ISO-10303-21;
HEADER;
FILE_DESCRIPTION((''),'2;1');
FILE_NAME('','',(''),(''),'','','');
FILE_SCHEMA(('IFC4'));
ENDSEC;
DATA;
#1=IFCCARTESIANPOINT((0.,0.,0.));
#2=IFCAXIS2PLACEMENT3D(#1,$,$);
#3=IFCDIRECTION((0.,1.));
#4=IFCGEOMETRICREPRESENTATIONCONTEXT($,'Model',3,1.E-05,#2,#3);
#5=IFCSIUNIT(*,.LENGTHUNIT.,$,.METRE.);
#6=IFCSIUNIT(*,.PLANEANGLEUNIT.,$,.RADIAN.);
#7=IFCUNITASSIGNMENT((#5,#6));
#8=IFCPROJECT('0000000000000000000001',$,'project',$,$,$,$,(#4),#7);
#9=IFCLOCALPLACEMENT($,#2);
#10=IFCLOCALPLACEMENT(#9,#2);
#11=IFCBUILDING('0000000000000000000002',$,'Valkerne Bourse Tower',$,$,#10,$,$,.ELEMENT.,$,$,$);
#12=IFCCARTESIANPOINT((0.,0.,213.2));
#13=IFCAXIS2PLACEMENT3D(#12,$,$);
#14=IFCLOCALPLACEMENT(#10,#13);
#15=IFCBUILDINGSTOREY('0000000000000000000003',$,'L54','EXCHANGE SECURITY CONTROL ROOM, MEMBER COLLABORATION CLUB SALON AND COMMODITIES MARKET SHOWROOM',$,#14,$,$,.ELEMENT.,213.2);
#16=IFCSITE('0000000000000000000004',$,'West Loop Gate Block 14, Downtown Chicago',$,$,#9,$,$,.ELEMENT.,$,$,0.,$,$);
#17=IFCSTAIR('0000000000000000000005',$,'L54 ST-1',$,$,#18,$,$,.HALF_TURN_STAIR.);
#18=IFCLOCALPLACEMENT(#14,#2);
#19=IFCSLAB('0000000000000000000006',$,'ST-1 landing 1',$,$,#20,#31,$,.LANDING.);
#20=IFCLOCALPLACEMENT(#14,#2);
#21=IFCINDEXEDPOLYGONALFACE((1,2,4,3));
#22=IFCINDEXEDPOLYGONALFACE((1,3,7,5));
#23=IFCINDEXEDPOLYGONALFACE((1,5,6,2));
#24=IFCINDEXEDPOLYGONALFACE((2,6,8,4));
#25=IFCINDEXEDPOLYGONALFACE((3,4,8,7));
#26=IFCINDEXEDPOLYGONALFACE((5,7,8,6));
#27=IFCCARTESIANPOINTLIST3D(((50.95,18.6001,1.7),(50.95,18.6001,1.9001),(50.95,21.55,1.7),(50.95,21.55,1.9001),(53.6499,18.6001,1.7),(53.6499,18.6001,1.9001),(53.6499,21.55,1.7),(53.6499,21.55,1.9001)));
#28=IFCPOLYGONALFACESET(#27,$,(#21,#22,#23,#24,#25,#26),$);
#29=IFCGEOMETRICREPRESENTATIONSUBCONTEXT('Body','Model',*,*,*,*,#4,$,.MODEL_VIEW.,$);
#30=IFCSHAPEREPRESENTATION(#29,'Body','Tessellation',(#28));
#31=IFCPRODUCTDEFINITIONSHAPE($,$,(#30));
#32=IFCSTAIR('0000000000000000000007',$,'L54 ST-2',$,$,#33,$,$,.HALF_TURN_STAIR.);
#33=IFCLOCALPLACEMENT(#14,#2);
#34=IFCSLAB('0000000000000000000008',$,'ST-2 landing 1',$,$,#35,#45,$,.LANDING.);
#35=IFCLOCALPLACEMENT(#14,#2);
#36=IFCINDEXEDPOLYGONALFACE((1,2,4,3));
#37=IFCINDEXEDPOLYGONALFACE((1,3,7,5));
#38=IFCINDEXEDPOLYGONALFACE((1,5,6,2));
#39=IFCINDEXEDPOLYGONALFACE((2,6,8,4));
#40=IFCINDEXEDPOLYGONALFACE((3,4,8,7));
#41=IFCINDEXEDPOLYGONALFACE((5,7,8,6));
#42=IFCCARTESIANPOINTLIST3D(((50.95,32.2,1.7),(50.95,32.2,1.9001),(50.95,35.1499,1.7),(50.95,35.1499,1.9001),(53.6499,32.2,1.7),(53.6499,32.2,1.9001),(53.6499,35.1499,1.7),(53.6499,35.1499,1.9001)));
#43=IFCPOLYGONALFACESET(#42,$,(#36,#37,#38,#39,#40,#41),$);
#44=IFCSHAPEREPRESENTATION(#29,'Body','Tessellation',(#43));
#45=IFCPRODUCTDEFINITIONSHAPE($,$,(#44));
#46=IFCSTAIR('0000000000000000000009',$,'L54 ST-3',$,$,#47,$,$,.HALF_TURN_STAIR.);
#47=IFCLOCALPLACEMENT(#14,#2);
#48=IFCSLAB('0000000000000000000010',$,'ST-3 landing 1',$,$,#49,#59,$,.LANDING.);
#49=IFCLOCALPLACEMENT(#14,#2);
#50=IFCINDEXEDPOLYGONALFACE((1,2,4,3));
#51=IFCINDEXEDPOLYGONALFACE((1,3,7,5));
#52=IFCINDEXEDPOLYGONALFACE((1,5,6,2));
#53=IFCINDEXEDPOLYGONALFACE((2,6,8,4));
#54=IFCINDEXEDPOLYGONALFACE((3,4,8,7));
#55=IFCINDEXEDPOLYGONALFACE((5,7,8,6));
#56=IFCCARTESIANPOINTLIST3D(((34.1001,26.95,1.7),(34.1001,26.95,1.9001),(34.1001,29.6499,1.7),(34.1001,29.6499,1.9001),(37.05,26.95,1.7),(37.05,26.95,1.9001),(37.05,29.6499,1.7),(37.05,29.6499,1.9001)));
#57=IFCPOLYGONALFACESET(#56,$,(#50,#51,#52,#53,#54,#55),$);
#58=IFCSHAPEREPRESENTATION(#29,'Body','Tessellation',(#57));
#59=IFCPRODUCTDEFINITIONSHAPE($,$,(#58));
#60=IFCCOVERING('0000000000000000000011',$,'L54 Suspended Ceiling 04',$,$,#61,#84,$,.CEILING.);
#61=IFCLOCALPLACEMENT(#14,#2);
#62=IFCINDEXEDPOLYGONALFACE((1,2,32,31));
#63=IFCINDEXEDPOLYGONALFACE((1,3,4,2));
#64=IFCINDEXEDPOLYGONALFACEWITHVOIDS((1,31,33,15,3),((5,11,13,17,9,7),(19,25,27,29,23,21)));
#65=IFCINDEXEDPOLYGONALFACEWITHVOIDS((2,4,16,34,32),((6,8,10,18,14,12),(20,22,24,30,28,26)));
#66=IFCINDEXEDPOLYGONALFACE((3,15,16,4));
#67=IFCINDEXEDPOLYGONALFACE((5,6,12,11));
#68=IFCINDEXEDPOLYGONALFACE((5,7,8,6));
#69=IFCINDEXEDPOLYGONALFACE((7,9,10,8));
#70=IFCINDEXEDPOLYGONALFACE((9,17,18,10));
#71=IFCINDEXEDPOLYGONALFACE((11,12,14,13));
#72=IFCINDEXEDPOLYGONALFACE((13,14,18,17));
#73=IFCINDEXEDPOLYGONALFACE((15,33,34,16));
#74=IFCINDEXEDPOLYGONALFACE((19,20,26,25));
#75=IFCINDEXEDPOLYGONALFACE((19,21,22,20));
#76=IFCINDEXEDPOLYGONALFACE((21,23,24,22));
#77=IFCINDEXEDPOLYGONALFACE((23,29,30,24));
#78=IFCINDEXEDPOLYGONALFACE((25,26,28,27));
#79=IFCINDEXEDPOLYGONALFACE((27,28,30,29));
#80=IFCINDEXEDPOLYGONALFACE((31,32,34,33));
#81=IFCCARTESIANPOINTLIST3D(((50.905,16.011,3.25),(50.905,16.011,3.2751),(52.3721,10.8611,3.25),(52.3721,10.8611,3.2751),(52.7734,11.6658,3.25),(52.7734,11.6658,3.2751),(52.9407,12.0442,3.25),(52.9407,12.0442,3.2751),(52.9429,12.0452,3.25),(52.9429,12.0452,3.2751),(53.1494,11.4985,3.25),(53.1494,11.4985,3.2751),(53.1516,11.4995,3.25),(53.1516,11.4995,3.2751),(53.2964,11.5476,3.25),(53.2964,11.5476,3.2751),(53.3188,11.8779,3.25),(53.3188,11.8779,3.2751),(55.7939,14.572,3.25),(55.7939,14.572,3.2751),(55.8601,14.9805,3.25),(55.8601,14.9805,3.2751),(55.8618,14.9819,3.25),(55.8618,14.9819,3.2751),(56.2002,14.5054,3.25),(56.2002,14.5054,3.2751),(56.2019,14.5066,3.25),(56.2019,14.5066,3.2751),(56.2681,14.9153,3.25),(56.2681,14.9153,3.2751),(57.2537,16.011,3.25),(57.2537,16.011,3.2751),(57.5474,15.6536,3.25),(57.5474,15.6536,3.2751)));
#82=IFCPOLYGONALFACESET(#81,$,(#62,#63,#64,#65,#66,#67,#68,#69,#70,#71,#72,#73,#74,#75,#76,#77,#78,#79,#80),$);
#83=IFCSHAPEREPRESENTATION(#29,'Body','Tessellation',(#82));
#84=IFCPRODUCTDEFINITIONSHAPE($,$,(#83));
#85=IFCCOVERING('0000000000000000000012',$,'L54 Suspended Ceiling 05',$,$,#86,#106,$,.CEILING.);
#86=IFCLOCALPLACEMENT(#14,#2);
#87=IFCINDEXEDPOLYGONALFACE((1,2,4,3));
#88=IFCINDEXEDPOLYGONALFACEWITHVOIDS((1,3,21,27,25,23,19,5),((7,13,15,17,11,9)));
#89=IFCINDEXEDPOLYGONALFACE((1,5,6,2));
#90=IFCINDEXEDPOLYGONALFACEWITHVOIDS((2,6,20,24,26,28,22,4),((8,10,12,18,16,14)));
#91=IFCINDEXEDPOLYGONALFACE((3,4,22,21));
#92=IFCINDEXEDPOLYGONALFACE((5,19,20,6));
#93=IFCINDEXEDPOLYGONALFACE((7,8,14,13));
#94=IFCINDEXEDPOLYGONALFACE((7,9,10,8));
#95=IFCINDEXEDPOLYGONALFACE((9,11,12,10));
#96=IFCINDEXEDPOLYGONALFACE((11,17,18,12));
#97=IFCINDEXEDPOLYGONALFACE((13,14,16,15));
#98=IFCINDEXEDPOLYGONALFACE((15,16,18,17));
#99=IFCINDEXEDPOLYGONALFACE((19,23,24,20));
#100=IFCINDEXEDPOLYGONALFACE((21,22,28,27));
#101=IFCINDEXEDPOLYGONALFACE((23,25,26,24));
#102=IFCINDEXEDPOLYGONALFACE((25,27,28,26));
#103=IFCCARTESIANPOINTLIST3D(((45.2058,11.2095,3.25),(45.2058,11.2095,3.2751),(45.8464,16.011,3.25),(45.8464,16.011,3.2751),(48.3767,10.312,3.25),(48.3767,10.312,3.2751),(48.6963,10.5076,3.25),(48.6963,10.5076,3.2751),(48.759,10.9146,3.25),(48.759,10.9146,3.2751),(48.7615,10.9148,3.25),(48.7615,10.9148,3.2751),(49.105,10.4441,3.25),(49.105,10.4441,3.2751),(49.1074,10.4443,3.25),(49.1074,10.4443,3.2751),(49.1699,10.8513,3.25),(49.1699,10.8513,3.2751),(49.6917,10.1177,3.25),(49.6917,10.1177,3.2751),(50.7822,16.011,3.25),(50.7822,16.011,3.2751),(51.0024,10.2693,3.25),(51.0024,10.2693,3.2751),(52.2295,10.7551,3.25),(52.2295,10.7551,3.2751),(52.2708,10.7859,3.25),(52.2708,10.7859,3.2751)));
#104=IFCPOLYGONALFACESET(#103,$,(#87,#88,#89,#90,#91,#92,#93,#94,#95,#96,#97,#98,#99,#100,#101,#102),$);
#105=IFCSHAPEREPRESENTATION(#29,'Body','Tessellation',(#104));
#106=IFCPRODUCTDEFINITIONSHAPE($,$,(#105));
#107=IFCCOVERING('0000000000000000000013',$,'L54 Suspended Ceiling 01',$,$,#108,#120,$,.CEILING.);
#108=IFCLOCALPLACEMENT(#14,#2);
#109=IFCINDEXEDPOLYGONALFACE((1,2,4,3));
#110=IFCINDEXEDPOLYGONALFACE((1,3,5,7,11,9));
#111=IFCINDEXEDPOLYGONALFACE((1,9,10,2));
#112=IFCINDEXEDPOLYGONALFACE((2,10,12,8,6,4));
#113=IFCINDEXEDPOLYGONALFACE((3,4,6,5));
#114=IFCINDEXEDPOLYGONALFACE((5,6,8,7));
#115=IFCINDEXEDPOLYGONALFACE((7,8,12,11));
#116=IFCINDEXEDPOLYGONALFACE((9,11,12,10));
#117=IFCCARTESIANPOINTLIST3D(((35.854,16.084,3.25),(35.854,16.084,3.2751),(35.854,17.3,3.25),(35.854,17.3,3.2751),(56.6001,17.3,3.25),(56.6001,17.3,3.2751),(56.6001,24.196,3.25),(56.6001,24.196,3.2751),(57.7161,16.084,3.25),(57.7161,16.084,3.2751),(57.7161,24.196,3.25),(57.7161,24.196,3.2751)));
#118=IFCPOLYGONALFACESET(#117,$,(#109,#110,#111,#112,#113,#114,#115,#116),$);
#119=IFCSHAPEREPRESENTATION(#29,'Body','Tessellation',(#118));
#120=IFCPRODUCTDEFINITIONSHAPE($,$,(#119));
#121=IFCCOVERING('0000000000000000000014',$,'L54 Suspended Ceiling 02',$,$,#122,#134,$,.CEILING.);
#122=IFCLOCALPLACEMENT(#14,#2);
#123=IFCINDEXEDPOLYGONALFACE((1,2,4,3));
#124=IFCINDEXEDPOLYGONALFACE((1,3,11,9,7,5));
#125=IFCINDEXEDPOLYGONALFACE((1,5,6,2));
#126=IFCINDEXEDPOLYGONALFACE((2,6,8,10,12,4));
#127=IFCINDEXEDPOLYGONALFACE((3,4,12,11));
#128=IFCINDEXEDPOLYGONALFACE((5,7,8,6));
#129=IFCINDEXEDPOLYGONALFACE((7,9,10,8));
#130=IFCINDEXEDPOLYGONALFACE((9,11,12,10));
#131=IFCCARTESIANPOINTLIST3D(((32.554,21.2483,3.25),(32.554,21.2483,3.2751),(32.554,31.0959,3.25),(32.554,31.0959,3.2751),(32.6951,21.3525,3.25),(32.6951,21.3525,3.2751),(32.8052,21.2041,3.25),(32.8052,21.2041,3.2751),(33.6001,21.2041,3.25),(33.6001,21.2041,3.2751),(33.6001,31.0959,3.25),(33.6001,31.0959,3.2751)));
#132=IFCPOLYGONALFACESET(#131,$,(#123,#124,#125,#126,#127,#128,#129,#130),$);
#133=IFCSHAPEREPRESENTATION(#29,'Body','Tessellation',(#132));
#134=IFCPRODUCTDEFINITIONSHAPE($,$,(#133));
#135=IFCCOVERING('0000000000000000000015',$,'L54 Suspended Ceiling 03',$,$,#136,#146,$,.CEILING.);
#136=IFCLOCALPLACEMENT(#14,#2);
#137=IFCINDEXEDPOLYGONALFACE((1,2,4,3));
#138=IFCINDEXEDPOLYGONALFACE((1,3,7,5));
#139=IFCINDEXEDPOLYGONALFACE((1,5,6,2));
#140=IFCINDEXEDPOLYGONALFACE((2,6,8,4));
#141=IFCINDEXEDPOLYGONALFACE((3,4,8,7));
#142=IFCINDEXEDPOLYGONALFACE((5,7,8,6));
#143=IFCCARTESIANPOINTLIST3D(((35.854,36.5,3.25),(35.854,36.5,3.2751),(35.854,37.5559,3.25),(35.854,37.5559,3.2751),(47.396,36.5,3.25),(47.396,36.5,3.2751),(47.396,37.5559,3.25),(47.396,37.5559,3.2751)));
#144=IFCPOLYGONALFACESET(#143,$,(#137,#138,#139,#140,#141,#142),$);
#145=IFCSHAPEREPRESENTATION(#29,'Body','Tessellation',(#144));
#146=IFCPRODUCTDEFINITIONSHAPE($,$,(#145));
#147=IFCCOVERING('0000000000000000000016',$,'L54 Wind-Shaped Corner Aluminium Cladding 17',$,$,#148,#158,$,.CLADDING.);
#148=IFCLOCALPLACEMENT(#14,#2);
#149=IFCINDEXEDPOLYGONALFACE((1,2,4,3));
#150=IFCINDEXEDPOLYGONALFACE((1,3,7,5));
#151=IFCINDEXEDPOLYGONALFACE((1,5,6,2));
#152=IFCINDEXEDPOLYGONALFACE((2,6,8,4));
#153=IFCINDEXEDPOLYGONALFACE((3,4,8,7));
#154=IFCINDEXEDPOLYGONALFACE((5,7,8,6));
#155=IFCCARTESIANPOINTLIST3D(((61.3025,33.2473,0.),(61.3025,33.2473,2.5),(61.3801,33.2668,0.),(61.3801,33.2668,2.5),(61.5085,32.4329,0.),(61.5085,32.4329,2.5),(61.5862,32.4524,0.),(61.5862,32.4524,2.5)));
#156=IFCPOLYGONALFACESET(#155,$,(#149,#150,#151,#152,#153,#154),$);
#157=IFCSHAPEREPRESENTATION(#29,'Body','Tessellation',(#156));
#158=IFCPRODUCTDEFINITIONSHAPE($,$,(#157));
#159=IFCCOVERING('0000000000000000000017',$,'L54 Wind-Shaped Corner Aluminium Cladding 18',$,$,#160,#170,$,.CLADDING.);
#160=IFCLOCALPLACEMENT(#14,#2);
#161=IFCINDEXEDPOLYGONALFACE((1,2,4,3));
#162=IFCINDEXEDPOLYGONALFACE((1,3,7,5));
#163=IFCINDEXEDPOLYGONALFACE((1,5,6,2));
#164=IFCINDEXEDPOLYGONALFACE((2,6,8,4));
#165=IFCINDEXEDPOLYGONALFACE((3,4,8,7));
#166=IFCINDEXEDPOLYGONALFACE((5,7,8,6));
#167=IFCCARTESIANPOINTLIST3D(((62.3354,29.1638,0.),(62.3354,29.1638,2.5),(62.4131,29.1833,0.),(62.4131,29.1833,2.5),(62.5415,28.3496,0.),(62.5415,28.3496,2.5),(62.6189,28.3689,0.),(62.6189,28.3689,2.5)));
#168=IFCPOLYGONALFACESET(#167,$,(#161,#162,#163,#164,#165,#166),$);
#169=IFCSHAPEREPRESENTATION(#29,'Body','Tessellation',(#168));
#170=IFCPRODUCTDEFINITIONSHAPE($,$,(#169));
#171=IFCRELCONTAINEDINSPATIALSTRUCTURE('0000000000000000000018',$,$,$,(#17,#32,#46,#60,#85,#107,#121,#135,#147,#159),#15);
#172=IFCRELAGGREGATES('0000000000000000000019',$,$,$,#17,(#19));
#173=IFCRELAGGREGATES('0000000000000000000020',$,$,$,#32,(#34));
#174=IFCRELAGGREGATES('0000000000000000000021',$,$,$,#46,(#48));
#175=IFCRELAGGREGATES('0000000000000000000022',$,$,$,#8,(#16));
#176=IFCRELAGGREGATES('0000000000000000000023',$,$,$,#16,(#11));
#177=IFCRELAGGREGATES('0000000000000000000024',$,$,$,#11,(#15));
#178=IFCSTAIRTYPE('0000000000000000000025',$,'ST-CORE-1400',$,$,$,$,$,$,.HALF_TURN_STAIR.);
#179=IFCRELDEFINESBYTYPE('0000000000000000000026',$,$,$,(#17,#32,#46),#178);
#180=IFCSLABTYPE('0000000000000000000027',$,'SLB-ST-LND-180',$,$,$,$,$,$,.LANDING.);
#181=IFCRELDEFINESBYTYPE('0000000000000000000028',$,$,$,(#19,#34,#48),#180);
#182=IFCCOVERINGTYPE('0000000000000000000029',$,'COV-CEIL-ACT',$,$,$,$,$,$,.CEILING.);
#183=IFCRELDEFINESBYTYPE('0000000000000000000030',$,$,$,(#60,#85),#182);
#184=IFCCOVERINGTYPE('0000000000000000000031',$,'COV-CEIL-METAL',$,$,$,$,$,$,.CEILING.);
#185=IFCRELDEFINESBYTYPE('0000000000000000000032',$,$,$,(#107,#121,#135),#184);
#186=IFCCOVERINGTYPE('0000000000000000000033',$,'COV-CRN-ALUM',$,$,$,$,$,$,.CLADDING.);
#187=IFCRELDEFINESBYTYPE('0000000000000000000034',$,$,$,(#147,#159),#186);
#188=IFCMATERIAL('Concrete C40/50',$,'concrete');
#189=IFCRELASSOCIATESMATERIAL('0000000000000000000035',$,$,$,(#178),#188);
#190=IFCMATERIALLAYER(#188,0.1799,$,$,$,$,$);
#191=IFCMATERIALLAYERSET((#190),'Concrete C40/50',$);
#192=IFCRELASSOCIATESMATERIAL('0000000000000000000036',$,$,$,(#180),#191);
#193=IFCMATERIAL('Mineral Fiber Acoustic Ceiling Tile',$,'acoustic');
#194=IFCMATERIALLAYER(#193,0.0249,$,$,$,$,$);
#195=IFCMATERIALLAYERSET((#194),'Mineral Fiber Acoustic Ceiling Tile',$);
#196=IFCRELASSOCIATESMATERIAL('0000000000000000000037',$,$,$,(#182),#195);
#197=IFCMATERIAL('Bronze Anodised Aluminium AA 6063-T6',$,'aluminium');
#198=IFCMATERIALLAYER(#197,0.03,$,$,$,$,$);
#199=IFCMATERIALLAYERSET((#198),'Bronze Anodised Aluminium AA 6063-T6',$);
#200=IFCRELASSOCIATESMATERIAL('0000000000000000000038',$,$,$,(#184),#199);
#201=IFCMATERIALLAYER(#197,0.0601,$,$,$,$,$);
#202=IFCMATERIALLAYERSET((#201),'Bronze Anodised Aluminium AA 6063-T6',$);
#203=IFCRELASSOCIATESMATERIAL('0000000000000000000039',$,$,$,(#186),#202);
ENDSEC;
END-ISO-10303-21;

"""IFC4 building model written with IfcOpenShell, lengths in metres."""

from ifc_helpers import new_model, si_unit, direction, frame, origin, place, context, subcontext, project, spatial, polyline, outline, extrude, material, layer, layer_set, type_object, element, aggregate, save


model = new_model("IFC4")

# Units and contexts
model_context = context("Model", 3, precision=1e-05, world=origin(), true_north=direction((0.0, 1.0)))
body_context = subcontext(model_context, "Body", "Model", "MODEL_VIEW")
ifc_project = project(units=[si_unit("LENGTHUNIT", "METRE"), si_unit("PLANEANGLEUNIT", "RADIAN")], contexts=[model_context])

# Site, building, storey
site_placement = place(None, origin())
site = spatial("IfcSite", under=ifc_project, at=site_placement, Name="West Loop Gate Block 14, Downtown Chicago", CompositionType="ELEMENT", RefElevation=0.0)
building_placement = place(site_placement, origin())
building = spatial("IfcBuilding", under=site, at=building_placement, Name="Valkerne Bourse Tower", CompositionType="ELEMENT")
storey_placement = place(building_placement, frame((0.0, 0.0, 213.2)))
storey = spatial("IfcBuildingStorey", under=building, at=storey_placement, Name="L54", Description="EXCHANGE SECURITY CONTROL ROOM, MEMBER COLLABORATION CLUB SALON AND COMMODITIES MARKET SHOWROOM", CompositionType="ELEMENT", Elevation=213.2)

# Stairs, slabs
ifc_material_1 = material(Name="Concrete C40/50", Category="concrete")
stair_type = type_object("IfcStairType", Name="ST-CORE-1400", PredefinedType="HALF_TURN_STAIR", material=ifc_material_1)
stair_1_placement = place(storey_placement, origin())
stair_1 = element("IfcStair", 1, at=stair_1_placement, inside=storey, type_object=stair_type, Name="L54 ST-1", PredefinedType="HALF_TURN_STAIR")
ifc_layer_1 = layer(ifc_material_1, 0.1799)
ifc_layer_set_1 = layer_set([ifc_layer_1], Name="Concrete C40/50")
slab_type = type_object("IfcSlabType", Name="SLB-ST-LND-180", PredefinedType="LANDING", material=ifc_layer_set_1)
slab_1_placement = place(storey_placement, frame((0.0, 0.0, 1.7)))
slab_1 = element("IfcSlab", 2, at=slab_1_placement, type_object=slab_type, Name="ST-1 landing 1", PredefinedType="LANDING", context=body_context, shape_type="SweptSolid", body=[
    extrude(outline(polyline([(50.95, 18.6001), (53.6499, 18.6001), (53.6499, 21.55), (50.95, 21.55), (50.95, 18.6001)])), origin(), (0.0, 0.0, 1.0), 0.2002),
])
aggregate(stair_1, [slab_1])
stair_2_placement = place(storey_placement, origin())
stair_2 = element("IfcStair", 3, at=stair_2_placement, inside=storey, type_object=stair_type, Name="L54 ST-2", PredefinedType="HALF_TURN_STAIR")
slab_2_placement = place(storey_placement, frame((0.0, 0.0, 1.7)))
slab_2 = element("IfcSlab", 4, at=slab_2_placement, type_object=slab_type, Name="ST-2 landing 1", PredefinedType="LANDING", context=body_context, shape_type="SweptSolid", body=[
    extrude(outline(polyline([(50.95, 32.2), (53.6499, 32.2), (53.6499, 35.1499), (50.95, 35.1499), (50.95, 32.2)])), origin(), (0.0, 0.0, 1.0), 0.2002),
])
aggregate(stair_2, [slab_2])
stair_3_placement = place(storey_placement, origin())
stair_3 = element("IfcStair", 5, at=stair_3_placement, inside=storey, type_object=stair_type, Name="L54 ST-3", PredefinedType="HALF_TURN_STAIR")
slab_3_placement = place(storey_placement, frame((0.0, 0.0, 1.7)))
slab_3 = element("IfcSlab", 6, at=slab_3_placement, type_object=slab_type, Name="ST-3 landing 1", PredefinedType="LANDING", context=body_context, shape_type="SweptSolid", body=[
    extrude(outline(polyline([(37.05, 26.95), (37.05, 29.6499), (34.1001, 29.6499), (34.1001, 26.95), (37.05, 26.95)])), origin(), (0.0, 0.0, 1.0), 0.2002),
])
aggregate(stair_3, [slab_3])

# Coverings
ifc_material_2 = material(Name="Mineral Fiber Acoustic Ceiling Tile", Category="acoustic")
ifc_layer_2 = layer(ifc_material_2, 0.0249)
ifc_layer_set_2 = layer_set([ifc_layer_2], Name="Mineral Fiber Acoustic Ceiling Tile")
covering_type_1 = type_object("IfcCoveringType", Name="COV-CEIL-ACT", PredefinedType="CEILING", material=ifc_layer_set_2)
covering_1_placement = place(storey_placement, frame((0.0, 0.0, 3.25)))
element("IfcCovering", 7, at=covering_1_placement, inside=storey, type_object=covering_type_1, Name="L54 Suspended Ceiling 04", PredefinedType="CEILING", context=body_context, shape_type="SweptSolid", body=[
    extrude(outline(polyline([(50.905, 16.011), (57.2537, 16.011), (57.5474, 15.6536), (53.2964, 11.5476), (52.3721, 10.8611), (50.905, 16.011)]), holes=[polyline([(53.3188, 11.8779), (52.9429, 12.0452), (52.9407, 12.0442), (52.7734, 11.6658), (53.1494, 11.4985), (53.1516, 11.4995), (53.3188, 11.8779)]), polyline([(56.2681, 14.9153), (55.8618, 14.9819), (55.8601, 14.9805), (55.7939, 14.572), (56.2002, 14.5054), (56.2019, 14.5066), (56.2681, 14.9153)])]), origin(), (0.0, 0.0, 1.0), 0.0251),
])
covering_2_placement = place(storey_placement, frame((0.0, 0.0, 3.25)))
element("IfcCovering", 8, at=covering_2_placement, inside=storey, type_object=covering_type_1, Name="L54 Suspended Ceiling 05", PredefinedType="CEILING", context=body_context, shape_type="SweptSolid", body=[
    extrude(outline(polyline([(49.6917, 10.1177), (48.3767, 10.312), (45.2058, 11.2095), (45.8464, 16.011), (50.7822, 16.011), (52.2708, 10.7859), (52.2295, 10.7551), (51.0024, 10.2693), (49.6917, 10.1177)]), holes=[polyline([(49.1699, 10.8513), (48.7615, 10.9148), (48.759, 10.9146), (48.6963, 10.5076), (49.105, 10.4441), (49.1074, 10.4443), (49.1699, 10.8513)])]), origin(), (0.0, 0.0, 1.0), 0.0251),
])
ifc_material_3 = material(Name="Bronze Anodised Aluminium AA 6063-T6", Category="aluminium")
ifc_layer_3 = layer(ifc_material_3, 0.03)
ifc_layer_set_3 = layer_set([ifc_layer_3], Name="Bronze Anodised Aluminium AA 6063-T6")
covering_type_2 = type_object("IfcCoveringType", Name="COV-CEIL-METAL", PredefinedType="CEILING", material=ifc_layer_set_3)
covering_3_placement = place(storey_placement, frame((0.0, 0.0, 3.25)))
element("IfcCovering", 9, at=covering_3_placement, inside=storey, type_object=covering_type_2, Name="L54 Suspended Ceiling 01", PredefinedType="CEILING", context=body_context, shape_type="SweptSolid", body=[
    extrude(outline(polyline([(35.854, 17.3), (56.6001, 17.3), (56.6001, 24.196), (57.7161, 24.196), (57.7161, 16.084), (35.854, 16.084), (35.854, 17.3)])), origin(), (0.0, 0.0, 1.0), 0.0251),
])
covering_4_placement = place(storey_placement, frame((0.0, 0.0, 3.25)))
element("IfcCovering", 10, at=covering_4_placement, inside=storey, type_object=covering_type_2, Name="L54 Suspended Ceiling 02", PredefinedType="CEILING", context=body_context, shape_type="SweptSolid", body=[
    extrude(outline(polyline([(32.8052, 21.2041), (32.6951, 21.3525), (32.554, 21.2483), (32.554, 31.0959), (33.6001, 31.0959), (33.6001, 21.2041), (32.8052, 21.2041)])), origin(), (0.0, 0.0, 1.0), 0.0251),
])
covering_5_placement = place(storey_placement, frame((0.0, 0.0, 3.25)))
element("IfcCovering", 11, at=covering_5_placement, inside=storey, type_object=covering_type_2, Name="L54 Suspended Ceiling 03", PredefinedType="CEILING", context=body_context, shape_type="SweptSolid", body=[
    extrude(outline(polyline([(35.854, 37.5559), (47.396, 37.5559), (47.396, 36.5), (35.854, 36.5), (35.854, 37.5559)])), origin(), (0.0, 0.0, 1.0), 0.0251),
])
ifc_layer_4 = layer(ifc_material_3, 0.0601)
ifc_layer_set_4 = layer_set([ifc_layer_4], Name="Bronze Anodised Aluminium AA 6063-T6")
covering_type_3 = type_object("IfcCoveringType", Name="COV-CRN-ALUM", PredefinedType="CLADDING", material=ifc_layer_set_4)
covering_6_placement = place(storey_placement, origin())
element("IfcCovering", 12, at=covering_6_placement, inside=storey, type_object=covering_type_3, Name="L54 Wind-Shaped Corner Aluminium Cladding 17", PredefinedType="CLADDING", context=body_context, shape_type="SweptSolid", body=[
    extrude(outline(polyline([(61.5862, 32.4524), (61.5085, 32.4329), (61.3025, 33.2473), (61.3801, 33.2668), (61.5862, 32.4524)])), origin(), (0.0, 0.0, 1.0), 2.5),
])
covering_7_placement = place(storey_placement, origin())
element("IfcCovering", 13, at=covering_7_placement, inside=storey, type_object=covering_type_3, Name="L54 Wind-Shaped Corner Aluminium Cladding 18", PredefinedType="CLADDING", context=body_context, shape_type="SweptSolid", body=[
    extrude(outline(polyline([(62.6189, 28.3689), (62.5415, 28.3496), (62.3354, 29.1638), (62.4131, 29.1833), (62.6189, 28.3689)])), origin(), (0.0, 0.0, 1.0), 2.5),
])

save(model, "model.ifc")
